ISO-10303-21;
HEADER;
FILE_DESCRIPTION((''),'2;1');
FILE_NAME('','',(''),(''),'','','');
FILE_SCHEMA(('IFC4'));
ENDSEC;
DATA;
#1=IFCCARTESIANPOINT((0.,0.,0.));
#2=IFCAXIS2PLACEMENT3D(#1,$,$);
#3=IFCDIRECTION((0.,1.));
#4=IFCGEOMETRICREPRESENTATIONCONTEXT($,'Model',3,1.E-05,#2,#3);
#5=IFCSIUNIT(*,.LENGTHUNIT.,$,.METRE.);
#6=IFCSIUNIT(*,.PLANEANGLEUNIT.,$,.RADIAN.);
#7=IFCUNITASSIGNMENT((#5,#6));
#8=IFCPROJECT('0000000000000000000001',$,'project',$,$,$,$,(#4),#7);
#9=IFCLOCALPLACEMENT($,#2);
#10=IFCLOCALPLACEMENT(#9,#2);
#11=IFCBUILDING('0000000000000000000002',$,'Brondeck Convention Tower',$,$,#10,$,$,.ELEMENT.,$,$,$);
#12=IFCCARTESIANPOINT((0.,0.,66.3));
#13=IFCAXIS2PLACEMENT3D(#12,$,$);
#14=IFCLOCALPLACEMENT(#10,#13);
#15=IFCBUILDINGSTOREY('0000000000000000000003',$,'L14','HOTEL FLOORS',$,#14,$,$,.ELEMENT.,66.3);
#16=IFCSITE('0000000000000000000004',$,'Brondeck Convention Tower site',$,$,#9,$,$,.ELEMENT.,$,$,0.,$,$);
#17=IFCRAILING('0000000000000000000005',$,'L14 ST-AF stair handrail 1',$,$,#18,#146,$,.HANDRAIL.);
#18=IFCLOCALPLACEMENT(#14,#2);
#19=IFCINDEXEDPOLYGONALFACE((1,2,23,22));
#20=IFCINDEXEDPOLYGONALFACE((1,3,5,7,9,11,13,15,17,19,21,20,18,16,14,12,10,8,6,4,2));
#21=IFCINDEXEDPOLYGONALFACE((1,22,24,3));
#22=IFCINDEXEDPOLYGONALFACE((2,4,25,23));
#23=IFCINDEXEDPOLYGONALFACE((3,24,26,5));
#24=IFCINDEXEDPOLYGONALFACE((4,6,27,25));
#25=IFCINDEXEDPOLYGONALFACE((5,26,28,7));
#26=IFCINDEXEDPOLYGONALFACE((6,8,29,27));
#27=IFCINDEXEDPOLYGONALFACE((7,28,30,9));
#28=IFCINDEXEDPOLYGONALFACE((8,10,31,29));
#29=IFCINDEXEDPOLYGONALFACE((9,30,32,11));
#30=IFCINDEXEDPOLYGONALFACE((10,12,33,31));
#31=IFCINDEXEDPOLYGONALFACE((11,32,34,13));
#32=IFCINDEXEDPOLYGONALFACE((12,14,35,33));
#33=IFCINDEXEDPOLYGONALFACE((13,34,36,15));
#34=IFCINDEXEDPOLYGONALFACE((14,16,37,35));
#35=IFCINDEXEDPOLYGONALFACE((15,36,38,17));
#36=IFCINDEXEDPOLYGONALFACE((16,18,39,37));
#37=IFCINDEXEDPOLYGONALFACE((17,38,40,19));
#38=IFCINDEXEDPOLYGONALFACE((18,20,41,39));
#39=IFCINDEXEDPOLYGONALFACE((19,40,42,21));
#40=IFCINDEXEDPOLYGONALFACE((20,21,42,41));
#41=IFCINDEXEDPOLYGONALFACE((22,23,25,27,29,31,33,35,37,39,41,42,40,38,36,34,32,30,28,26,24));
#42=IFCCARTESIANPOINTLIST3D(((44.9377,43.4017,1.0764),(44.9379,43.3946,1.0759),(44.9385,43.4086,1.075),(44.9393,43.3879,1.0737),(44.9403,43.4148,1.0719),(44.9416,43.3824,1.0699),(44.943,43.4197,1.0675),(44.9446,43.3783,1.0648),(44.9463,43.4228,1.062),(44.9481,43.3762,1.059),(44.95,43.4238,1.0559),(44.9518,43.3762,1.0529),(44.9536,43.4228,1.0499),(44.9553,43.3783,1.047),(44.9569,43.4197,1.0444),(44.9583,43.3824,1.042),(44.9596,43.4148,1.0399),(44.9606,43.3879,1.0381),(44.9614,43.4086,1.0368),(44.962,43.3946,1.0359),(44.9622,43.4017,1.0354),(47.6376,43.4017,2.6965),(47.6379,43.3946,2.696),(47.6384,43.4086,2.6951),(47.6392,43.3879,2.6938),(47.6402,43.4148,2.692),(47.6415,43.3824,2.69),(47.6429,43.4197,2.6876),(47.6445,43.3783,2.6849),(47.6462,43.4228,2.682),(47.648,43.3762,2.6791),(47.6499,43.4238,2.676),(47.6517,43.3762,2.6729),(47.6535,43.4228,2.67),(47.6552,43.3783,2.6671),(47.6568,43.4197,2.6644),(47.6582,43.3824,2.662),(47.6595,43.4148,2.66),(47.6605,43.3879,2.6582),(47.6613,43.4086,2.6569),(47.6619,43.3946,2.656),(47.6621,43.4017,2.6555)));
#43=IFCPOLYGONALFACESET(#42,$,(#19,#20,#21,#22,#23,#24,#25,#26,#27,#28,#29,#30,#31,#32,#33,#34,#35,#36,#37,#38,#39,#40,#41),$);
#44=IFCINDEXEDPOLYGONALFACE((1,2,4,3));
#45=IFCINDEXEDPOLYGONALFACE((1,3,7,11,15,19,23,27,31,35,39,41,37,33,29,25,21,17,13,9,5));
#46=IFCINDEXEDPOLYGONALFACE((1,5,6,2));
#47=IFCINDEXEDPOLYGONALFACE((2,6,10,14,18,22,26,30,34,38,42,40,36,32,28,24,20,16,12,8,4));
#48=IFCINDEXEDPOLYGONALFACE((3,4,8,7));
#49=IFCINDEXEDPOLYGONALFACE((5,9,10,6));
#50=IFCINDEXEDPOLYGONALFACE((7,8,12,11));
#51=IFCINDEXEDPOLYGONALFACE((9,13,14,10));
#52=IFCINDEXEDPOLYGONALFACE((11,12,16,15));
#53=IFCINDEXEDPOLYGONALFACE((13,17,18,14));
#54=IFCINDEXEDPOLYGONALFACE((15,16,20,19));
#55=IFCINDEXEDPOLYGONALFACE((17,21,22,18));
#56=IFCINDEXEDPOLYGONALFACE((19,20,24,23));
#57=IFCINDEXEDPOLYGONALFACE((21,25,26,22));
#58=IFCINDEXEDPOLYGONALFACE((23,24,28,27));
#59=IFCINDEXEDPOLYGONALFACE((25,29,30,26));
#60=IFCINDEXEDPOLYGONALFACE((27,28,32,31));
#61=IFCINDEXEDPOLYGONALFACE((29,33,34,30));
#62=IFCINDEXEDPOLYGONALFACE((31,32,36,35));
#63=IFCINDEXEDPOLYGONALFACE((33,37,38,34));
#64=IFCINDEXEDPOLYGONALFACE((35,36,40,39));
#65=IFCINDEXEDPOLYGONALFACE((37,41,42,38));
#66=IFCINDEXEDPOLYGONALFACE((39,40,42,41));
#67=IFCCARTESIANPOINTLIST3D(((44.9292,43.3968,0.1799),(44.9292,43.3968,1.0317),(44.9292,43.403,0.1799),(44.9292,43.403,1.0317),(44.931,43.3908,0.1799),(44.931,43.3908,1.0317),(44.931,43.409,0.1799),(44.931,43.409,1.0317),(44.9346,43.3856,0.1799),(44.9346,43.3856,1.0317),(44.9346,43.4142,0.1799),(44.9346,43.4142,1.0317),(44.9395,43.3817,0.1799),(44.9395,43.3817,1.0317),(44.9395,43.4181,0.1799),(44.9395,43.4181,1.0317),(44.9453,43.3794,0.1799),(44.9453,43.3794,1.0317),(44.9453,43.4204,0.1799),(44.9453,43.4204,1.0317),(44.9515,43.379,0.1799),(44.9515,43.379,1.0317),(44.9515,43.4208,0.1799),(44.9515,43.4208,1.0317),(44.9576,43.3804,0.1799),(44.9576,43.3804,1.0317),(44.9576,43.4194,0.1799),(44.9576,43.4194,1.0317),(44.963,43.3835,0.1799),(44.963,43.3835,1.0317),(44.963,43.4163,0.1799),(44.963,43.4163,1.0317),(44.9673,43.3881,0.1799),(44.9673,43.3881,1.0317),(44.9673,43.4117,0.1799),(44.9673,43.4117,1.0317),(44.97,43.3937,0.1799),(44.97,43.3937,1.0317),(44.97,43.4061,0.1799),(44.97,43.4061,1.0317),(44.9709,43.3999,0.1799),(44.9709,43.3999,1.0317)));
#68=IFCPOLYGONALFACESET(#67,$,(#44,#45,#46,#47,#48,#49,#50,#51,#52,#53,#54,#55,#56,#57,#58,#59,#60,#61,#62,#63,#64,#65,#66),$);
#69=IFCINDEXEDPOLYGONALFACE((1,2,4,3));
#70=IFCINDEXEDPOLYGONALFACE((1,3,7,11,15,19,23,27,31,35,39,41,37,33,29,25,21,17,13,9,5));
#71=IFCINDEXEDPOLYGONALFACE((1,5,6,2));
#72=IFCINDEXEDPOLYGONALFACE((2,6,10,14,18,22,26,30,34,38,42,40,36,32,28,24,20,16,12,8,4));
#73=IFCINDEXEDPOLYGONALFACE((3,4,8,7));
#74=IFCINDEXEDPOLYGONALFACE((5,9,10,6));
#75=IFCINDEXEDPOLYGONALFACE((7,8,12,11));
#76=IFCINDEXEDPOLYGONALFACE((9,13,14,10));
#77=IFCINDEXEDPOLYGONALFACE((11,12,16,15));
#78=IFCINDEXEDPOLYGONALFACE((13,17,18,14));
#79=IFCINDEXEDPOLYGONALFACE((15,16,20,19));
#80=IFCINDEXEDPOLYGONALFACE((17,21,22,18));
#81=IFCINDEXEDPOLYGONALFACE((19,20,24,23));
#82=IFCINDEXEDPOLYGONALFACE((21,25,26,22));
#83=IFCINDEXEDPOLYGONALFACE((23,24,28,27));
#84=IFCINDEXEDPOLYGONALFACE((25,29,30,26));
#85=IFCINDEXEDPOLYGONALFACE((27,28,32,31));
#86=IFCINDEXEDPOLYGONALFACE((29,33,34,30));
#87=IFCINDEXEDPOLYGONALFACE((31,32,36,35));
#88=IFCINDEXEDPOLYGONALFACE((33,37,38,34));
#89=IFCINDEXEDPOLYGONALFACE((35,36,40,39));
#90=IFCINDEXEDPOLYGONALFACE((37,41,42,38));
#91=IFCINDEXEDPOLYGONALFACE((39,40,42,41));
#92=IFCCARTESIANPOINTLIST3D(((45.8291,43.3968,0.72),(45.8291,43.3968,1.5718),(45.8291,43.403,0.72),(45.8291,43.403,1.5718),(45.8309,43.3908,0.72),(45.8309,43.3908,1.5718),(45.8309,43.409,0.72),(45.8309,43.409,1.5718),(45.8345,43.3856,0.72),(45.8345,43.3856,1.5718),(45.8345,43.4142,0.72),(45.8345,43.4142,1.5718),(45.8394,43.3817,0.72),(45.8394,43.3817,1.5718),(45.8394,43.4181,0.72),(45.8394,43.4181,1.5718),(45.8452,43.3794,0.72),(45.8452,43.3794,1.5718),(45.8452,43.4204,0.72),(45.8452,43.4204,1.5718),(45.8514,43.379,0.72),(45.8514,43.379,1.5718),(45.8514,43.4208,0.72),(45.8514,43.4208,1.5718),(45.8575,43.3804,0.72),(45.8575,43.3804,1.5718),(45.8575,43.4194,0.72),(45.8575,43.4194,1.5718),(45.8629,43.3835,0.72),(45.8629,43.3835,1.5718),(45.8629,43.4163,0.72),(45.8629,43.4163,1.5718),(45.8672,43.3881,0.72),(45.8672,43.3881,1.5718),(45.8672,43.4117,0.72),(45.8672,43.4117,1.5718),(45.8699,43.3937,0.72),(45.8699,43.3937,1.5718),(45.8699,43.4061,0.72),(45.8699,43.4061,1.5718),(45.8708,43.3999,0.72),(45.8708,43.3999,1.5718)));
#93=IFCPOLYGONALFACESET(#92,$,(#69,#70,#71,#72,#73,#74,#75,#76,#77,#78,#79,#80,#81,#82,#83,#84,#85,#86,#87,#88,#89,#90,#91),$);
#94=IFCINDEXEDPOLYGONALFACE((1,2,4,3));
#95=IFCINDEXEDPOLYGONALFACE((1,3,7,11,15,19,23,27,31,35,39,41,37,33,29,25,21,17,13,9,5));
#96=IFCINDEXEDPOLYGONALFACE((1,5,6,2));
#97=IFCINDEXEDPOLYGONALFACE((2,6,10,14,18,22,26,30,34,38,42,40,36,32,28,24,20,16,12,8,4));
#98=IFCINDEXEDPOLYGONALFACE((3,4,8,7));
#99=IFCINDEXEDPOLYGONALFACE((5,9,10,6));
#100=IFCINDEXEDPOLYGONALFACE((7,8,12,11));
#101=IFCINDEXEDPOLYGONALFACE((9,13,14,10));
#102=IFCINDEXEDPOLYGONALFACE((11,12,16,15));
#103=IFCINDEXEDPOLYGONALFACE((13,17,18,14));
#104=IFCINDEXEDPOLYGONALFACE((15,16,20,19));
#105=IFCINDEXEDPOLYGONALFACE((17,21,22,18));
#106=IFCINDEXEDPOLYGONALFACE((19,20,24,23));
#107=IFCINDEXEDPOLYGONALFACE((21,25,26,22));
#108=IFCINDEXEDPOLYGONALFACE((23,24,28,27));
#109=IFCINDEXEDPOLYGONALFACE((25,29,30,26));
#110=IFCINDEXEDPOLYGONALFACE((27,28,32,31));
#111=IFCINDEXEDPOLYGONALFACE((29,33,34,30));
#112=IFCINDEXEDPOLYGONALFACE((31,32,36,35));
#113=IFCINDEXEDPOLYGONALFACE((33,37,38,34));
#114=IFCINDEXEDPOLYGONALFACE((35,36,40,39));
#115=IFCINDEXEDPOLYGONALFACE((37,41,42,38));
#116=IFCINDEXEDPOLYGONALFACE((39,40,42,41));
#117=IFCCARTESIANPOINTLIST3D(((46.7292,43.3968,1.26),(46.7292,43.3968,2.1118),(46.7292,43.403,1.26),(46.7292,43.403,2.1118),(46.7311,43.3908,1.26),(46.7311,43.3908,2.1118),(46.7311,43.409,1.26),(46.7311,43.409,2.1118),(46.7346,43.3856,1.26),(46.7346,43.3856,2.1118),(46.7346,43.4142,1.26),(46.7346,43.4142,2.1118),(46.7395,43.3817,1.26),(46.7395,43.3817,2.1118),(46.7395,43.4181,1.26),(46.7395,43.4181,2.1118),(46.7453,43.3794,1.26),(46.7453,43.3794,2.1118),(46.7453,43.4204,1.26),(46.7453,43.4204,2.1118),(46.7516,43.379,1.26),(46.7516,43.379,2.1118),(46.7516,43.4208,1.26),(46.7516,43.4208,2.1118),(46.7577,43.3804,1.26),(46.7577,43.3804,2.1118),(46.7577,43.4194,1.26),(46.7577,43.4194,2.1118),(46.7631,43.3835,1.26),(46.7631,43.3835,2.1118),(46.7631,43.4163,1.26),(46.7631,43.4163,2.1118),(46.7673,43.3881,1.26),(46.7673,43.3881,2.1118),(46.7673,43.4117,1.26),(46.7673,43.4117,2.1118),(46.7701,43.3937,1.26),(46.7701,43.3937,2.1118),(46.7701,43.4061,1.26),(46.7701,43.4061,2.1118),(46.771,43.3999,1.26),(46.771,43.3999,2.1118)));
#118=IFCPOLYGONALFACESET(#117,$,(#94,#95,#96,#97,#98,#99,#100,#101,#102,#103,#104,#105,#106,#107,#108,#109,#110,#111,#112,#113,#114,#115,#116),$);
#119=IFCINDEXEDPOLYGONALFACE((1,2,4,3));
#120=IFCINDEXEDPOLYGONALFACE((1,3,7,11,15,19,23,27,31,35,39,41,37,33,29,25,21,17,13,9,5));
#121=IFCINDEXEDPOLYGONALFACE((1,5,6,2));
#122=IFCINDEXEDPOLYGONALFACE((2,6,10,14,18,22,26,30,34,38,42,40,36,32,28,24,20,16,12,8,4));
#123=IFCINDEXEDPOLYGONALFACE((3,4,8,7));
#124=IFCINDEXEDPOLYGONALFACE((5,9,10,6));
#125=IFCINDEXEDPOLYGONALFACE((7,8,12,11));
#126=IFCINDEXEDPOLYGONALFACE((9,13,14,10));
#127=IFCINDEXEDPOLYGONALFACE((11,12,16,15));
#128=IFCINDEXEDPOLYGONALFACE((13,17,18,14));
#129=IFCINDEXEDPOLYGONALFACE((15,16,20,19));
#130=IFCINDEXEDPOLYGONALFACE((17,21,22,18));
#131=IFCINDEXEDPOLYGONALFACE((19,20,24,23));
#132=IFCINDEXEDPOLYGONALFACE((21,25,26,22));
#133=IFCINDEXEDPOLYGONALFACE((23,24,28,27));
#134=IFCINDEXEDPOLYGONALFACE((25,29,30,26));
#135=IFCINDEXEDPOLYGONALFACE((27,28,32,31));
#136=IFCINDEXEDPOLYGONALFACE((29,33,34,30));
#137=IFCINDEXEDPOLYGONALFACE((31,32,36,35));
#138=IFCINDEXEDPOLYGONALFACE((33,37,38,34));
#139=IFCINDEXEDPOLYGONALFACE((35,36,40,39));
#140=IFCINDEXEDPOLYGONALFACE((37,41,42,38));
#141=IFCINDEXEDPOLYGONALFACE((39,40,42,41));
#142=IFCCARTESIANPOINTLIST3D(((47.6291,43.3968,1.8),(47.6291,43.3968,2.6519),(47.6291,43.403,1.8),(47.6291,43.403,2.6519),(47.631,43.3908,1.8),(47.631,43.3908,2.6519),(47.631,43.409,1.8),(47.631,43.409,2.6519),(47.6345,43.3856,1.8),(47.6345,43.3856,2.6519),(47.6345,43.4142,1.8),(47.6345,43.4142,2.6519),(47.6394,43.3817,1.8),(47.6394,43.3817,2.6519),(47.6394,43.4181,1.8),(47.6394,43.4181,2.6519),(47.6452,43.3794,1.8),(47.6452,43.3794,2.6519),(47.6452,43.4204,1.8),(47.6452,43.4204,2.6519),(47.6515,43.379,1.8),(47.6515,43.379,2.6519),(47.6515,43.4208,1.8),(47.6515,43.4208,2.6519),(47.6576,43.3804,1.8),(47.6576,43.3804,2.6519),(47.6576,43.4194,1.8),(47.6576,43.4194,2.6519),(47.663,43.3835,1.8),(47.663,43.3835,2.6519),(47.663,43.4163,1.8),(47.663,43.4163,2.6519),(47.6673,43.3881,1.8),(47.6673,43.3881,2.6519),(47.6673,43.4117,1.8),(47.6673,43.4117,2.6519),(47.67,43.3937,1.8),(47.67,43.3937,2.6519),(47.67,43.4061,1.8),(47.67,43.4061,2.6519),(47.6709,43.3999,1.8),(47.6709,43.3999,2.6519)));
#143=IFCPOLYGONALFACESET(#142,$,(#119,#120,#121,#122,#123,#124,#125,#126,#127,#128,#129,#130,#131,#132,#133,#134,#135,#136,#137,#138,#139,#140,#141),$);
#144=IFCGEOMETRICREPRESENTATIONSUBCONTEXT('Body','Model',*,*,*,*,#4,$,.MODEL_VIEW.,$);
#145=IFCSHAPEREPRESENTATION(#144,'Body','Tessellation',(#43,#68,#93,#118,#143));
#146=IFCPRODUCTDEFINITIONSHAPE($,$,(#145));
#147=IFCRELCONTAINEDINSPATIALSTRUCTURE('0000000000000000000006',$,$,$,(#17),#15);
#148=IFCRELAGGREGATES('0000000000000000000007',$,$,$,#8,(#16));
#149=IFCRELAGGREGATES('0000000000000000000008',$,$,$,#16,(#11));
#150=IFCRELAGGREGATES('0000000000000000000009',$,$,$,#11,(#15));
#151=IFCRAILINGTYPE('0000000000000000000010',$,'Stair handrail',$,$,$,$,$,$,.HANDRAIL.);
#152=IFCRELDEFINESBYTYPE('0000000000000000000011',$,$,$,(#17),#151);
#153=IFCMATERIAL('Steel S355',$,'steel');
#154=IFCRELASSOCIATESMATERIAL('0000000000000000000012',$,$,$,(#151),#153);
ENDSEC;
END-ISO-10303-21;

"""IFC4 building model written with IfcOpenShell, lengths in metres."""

from ifc_helpers import new_model, si_unit, direction, frame, origin, origin_2d, place, context, subcontext, project, spatial, circle, extrude, material, type_object, element, save


model = new_model("IFC4")

# Units and contexts
model_context = context("Model", 3, precision=1e-05, world=origin(), true_north=direction((0.0, 1.0)))
body_context = subcontext(model_context, "Body", "Model", "MODEL_VIEW")
ifc_project = project(units=[si_unit("LENGTHUNIT", "METRE"), si_unit("PLANEANGLEUNIT", "RADIAN")], contexts=[model_context])

# Site, building, storey
site_placement = place(None, origin())
site = spatial("IfcSite", under=ifc_project, at=site_placement, Name="Brondeck Convention Tower site", CompositionType="ELEMENT", RefElevation=0.0)
building_placement = place(site_placement, origin())
building = spatial("IfcBuilding", under=site, at=building_placement, Name="Brondeck Convention Tower", CompositionType="ELEMENT")
storey_placement = place(building_placement, frame((0.0, 0.0, 66.3)))
storey = spatial("IfcBuildingStorey", under=building, at=storey_placement, Name="L14", Description="HOTEL FLOORS", CompositionType="ELEMENT", Elevation=66.3)

# Shared definitions
ifc_material_1 = material(Name="Steel S355", Category="steel")

# Railing
railing_type_1 = type_object("IfcRailingType", Name="Stair handrail", PredefinedType="HANDRAIL", material=ifc_material_1)
railing_1_placement = place(storey_placement, frame((44.95, 43.3999, 0.1799)))
element("IfcRailing", 1, at=railing_1_placement, inside=storey, type_object=railing_type_1, Name="L14 ST-AF stair handrail 1", PredefinedType="HANDRAIL", context=body_context, shape_type="SweptSolid", body=[
    extrude(circle(Radius=0.0239, at=origin_2d()), frame((0.0, 0.0, 0.876), z_axis=(0.857472, 0.0, 0.51453), x_axis=(0.0, 1.0, 0.0)), (0.0, 0.0, 1.0), 3.1487),
    extrude(circle(Radius=0.021, at=origin_2d()), origin(), (0.0, 0.0, 1.0), 0.8518),
    extrude(circle(Radius=0.021, at=origin_2d()), frame((0.8999, 0.0, 0.54)), (0.0, 0.0, 1.0), 0.8518),
    extrude(circle(Radius=0.021, at=origin_2d()), frame((1.8, 0.0, 1.0801)), (0.0, 0.0, 1.0), 0.8518),
    extrude(circle(Radius=0.021, at=origin_2d()), frame((2.7, 0.0, 1.6201)), (0.0, 0.0, 1.0), 0.8518),
])

save(model, "model.ifc")
